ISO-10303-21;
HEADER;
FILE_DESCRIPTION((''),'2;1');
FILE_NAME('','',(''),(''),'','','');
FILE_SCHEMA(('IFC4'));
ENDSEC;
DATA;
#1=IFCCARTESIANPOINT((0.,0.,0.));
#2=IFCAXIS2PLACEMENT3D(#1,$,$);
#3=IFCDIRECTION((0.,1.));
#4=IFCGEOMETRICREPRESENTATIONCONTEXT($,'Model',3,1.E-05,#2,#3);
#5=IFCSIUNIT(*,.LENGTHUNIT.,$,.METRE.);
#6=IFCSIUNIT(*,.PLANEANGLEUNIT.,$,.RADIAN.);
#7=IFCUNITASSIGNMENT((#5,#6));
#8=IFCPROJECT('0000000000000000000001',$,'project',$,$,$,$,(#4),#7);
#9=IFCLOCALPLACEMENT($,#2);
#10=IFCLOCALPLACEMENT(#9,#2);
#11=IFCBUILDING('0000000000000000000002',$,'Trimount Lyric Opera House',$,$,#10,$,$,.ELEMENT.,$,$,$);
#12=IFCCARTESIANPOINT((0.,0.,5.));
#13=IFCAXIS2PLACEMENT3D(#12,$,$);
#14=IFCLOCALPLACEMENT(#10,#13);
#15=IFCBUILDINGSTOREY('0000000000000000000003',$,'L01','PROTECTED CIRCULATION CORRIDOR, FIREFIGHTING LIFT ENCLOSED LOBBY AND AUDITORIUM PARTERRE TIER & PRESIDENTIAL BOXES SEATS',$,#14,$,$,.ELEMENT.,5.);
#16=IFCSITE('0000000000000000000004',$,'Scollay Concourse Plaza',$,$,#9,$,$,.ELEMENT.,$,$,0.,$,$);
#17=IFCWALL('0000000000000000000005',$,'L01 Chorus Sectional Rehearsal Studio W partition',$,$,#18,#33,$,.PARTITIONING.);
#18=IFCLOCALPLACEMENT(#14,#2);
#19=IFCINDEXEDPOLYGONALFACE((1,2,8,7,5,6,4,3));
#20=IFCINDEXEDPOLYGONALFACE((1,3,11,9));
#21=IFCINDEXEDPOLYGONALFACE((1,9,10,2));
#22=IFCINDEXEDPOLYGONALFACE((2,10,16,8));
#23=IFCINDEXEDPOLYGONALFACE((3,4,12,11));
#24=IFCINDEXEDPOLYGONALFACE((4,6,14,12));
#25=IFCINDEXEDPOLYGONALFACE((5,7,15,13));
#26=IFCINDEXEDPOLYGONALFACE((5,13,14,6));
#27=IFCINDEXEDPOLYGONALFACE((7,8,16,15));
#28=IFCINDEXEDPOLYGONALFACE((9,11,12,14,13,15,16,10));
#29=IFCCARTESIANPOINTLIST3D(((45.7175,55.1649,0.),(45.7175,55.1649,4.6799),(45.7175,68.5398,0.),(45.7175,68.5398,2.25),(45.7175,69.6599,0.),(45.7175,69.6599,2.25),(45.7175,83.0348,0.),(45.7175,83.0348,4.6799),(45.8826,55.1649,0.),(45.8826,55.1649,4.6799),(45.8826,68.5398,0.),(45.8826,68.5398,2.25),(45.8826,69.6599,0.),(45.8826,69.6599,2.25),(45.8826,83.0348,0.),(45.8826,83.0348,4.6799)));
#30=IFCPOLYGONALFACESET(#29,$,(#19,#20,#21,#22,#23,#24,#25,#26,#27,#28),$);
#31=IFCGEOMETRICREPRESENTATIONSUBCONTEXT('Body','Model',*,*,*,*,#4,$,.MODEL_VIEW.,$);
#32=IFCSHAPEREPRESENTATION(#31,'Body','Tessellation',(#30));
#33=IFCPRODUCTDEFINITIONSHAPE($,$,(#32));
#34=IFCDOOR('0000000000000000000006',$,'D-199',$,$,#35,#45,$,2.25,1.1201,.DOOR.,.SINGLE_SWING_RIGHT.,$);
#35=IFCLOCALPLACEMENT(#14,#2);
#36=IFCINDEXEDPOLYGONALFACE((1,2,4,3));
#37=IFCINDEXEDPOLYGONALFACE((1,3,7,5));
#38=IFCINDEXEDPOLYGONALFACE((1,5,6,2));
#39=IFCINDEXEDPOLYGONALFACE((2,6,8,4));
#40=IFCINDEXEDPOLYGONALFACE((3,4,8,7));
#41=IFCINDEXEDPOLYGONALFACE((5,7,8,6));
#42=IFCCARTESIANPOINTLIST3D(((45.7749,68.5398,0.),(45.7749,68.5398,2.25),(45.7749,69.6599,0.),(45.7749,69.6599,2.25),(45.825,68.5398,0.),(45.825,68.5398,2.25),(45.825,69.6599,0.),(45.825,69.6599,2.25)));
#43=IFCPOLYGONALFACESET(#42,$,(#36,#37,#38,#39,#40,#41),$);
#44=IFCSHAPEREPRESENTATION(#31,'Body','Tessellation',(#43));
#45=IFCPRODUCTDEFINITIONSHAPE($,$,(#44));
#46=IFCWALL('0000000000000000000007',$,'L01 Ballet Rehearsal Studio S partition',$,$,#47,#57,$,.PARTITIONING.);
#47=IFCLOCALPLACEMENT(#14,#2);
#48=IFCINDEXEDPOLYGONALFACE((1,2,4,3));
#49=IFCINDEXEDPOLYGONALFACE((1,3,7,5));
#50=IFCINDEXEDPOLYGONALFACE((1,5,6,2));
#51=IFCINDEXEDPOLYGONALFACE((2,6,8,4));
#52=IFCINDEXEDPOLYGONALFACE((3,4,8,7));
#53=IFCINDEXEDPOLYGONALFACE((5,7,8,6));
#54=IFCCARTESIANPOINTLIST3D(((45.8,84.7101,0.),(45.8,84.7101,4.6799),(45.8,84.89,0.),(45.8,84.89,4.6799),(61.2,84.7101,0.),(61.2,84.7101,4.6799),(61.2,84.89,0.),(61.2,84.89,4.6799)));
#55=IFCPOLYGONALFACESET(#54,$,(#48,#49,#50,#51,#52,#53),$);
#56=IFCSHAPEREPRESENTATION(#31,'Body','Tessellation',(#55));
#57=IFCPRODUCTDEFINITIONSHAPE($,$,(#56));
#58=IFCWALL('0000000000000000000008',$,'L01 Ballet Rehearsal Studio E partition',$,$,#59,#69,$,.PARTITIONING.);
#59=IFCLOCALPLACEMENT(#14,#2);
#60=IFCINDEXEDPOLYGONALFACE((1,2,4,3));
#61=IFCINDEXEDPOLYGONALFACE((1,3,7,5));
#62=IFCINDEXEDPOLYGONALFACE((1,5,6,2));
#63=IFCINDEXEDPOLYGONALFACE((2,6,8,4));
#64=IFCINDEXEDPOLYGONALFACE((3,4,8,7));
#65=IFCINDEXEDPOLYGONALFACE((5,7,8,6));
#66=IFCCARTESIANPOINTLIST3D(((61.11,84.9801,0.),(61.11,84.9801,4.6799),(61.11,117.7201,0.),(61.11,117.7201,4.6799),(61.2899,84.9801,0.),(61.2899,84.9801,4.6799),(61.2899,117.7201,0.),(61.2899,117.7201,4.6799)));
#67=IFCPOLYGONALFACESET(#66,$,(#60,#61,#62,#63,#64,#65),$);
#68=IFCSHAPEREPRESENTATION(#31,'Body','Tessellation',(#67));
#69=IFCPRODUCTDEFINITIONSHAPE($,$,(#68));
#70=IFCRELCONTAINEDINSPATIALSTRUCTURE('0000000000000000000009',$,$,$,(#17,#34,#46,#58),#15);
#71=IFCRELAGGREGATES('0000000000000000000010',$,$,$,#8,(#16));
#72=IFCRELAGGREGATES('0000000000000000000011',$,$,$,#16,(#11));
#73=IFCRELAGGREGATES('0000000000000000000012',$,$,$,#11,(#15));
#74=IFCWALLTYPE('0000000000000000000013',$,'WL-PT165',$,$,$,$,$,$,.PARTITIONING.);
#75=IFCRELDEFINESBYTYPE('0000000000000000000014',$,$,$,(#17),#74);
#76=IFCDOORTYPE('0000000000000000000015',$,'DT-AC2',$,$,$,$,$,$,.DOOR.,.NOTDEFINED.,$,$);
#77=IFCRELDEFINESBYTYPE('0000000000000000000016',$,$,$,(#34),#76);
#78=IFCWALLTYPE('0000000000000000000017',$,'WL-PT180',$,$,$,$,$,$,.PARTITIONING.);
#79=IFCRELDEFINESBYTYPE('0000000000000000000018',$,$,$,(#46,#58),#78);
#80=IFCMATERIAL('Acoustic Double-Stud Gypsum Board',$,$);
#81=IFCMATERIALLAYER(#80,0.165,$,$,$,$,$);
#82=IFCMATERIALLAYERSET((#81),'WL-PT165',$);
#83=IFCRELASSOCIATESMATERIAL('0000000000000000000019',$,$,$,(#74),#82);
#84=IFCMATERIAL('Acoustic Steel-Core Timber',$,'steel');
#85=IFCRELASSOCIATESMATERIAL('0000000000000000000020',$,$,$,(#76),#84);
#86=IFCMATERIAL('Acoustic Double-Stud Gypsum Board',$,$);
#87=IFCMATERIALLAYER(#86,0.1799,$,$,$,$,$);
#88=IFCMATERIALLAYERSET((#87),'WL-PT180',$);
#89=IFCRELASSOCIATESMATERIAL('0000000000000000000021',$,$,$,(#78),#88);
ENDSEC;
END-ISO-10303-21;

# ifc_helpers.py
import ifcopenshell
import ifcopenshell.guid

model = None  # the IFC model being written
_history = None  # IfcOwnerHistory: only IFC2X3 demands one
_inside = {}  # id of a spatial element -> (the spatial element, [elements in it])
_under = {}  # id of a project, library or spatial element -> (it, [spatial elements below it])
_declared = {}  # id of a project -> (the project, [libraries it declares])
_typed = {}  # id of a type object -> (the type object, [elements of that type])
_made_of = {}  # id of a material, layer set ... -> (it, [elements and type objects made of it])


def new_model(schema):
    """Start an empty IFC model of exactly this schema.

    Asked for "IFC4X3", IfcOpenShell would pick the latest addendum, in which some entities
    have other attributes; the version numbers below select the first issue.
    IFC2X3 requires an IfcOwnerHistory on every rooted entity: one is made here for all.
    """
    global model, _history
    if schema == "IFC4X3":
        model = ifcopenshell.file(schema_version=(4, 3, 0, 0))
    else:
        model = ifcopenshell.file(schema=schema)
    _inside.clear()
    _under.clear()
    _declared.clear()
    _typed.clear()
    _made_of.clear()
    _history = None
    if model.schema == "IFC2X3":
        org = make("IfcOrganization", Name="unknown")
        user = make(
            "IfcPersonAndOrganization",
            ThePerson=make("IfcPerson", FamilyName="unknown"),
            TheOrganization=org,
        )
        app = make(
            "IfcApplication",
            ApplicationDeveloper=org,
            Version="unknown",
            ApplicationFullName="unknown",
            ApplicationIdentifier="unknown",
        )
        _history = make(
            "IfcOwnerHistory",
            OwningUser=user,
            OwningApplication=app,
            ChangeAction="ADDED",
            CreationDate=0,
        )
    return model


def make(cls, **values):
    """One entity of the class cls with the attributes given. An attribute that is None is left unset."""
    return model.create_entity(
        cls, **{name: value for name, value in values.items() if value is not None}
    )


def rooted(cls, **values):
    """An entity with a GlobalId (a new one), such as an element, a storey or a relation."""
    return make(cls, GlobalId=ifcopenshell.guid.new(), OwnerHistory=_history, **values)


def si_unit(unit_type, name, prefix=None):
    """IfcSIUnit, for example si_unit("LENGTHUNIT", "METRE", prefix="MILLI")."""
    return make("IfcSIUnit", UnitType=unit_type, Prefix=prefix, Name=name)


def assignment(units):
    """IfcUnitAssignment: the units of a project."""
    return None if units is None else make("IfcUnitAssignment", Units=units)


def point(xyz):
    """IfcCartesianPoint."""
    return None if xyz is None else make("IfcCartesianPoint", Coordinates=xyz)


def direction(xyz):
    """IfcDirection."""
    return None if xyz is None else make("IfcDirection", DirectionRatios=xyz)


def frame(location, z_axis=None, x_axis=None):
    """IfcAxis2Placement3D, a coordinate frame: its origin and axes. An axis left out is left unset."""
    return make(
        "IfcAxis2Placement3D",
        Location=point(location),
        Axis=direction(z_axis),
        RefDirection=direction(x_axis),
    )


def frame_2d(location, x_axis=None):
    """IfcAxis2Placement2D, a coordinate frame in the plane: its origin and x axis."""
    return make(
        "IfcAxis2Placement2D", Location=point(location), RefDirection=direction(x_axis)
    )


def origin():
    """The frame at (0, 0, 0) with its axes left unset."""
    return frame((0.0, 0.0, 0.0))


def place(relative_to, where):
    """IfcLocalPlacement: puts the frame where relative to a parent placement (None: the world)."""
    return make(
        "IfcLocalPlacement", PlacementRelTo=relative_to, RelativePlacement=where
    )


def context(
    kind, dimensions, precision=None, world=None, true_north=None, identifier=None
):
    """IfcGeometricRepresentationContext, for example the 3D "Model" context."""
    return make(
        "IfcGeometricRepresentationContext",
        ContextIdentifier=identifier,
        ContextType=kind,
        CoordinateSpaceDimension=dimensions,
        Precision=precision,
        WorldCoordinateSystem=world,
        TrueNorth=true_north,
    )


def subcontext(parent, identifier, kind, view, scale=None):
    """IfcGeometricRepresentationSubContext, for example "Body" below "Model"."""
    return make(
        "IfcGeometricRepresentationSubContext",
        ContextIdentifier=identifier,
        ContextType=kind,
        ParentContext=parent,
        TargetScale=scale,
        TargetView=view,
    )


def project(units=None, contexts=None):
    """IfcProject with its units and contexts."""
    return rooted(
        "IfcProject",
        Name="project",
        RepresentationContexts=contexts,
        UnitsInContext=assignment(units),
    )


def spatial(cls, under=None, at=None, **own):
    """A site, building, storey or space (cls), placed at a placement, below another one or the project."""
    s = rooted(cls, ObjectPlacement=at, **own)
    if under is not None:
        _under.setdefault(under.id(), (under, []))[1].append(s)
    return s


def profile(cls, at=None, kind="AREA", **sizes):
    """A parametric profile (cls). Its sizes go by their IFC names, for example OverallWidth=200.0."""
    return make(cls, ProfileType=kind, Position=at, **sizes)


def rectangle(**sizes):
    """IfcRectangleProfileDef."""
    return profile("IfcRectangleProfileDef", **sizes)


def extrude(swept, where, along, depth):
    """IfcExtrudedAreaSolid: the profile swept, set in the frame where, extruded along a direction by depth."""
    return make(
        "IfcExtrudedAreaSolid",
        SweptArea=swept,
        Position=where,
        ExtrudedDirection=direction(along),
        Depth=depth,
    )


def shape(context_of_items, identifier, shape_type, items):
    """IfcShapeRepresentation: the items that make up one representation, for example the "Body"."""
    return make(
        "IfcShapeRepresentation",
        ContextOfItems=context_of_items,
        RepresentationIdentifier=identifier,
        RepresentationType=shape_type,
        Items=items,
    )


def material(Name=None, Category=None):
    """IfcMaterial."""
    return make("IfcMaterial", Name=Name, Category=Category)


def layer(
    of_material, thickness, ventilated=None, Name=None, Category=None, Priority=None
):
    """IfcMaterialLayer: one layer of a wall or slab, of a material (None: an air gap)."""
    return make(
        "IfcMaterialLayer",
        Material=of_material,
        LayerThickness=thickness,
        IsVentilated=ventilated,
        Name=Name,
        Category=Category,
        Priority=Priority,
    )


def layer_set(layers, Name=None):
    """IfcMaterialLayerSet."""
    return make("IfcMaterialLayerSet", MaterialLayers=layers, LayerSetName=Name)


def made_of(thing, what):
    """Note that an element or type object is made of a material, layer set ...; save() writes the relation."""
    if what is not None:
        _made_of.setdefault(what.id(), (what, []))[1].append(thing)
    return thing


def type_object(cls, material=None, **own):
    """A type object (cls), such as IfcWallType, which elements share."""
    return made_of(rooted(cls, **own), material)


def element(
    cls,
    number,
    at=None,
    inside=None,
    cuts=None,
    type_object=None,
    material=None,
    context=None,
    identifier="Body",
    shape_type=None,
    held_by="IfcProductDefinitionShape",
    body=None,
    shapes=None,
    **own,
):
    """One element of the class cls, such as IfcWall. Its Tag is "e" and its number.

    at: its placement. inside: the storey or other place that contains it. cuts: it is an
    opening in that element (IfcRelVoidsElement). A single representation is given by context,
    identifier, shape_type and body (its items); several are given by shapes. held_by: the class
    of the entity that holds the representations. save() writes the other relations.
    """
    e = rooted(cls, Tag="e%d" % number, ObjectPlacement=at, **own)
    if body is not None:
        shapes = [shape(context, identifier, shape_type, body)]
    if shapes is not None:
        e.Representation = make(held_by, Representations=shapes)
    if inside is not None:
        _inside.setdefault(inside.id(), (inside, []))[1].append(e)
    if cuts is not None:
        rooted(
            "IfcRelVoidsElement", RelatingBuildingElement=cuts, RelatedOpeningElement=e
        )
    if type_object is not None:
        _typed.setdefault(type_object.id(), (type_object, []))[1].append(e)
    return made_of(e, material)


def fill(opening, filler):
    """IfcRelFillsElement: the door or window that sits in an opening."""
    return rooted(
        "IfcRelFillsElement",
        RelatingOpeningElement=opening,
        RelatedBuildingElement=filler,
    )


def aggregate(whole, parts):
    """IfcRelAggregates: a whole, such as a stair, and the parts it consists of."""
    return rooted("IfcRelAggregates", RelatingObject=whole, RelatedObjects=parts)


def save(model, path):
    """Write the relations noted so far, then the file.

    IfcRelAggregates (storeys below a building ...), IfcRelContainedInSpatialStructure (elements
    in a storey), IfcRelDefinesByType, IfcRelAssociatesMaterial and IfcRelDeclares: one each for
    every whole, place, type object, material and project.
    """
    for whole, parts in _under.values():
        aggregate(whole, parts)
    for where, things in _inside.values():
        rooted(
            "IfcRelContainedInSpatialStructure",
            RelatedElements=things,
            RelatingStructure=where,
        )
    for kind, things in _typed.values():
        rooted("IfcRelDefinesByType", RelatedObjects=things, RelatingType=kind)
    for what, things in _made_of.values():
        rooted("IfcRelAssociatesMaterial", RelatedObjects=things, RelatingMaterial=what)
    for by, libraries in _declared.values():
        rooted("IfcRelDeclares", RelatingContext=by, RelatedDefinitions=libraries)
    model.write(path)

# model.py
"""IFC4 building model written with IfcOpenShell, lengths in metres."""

from ifc_helpers import new_model, si_unit, direction, frame, frame_2d, origin, place, context, subcontext, project, spatial, rectangle, extrude, material, layer, layer_set, type_object, element, fill, save


model = new_model("IFC4")

# Units and contexts
model_context = context("Model", 3, precision=1e-05, world=origin(), true_north=direction((0.0, 1.0)))
body_context = subcontext(model_context, "Body", "Model", "MODEL_VIEW")
ifc_project = project(units=[si_unit("LENGTHUNIT", "METRE"), si_unit("PLANEANGLEUNIT", "RADIAN")], contexts=[model_context])

# Site, building, storey
site_placement = place(None, origin())
site = spatial("IfcSite", under=ifc_project, at=site_placement, Name="Scollay Concourse Plaza", CompositionType="ELEMENT", RefElevation=0.0)
building_placement = place(site_placement, origin())
building = spatial("IfcBuilding", under=site, at=building_placement, Name="Trimount Lyric Opera House", CompositionType="ELEMENT")
storey_placement = place(building_placement, frame((0.0, 0.0, 5.0)))
storey = spatial("IfcBuildingStorey", under=building, at=storey_placement, Name="L01", Description="PROTECTED CIRCULATION CORRIDOR, FIREFIGHTING LIFT ENCLOSED LOBBY AND AUDITORIUM PARTERRE TIER & PRESIDENTIAL BOXES SEATS", CompositionType="ELEMENT", Elevation=5.0)

# Shared definitions
ifc_material_1 = material(Name="Acoustic Double-Stud Gypsum Board")
ifc_layer_1 = layer(ifc_material_1, 0.165)
ifc_layer_set_1 = layer_set([ifc_layer_1], Name="WL-PT165")
wall_type_1 = type_object("IfcWallType", Name="WL-PT165", PredefinedType="PARTITIONING", material=ifc_layer_set_1)

# Wall, opening, door
wall_1_placement = place(storey_placement, frame((45.8, 83.0349, 0.0), z_axis=(0.0, 0.0, 1.0), x_axis=(0.0, -1.0, 0.0)))
wall_1 = element("IfcWall", 1, at=wall_1_placement, inside=storey, type_object=wall_type_1, Name="L01 Chorus Sectional Rehearsal Studio W partition", PredefinedType="PARTITIONING", context=body_context, shape_type="SweptSolid", body=[
    extrude(rectangle(XDim=27.8699, YDim=0.165, at=frame_2d((13.9351, 0.0))), origin(), (0.0, 0.0, 1.0), 4.6799),
])
opening_placement = place(wall_1_placement, frame((13.375, 0.0, 0.0)))
opening = element("IfcOpeningElement", 2, at=opening_placement, cuts=wall_1, PredefinedType="OPENING", context=body_context, shape_type="SweptSolid", body=[
    extrude(rectangle(XDim=1.1201, YDim=2.25, at=frame_2d((0.5601, 1.125))), frame((0.0, 0.0925, 0.0), z_axis=(0.0, -1.0, 0.0), x_axis=(1.0, 0.0, 0.0)), (0.0, 0.0, 1.0), 0.1851),
])
ifc_material_2 = material(Name="Acoustic Steel-Core Timber", Category="steel")
door_type = type_object("IfcDoorType", Name="DT-AC2", OperationType="NOTDEFINED", PredefinedType="DOOR", material=ifc_material_2)
door_placement = place(opening_placement, origin())
door = element("IfcDoor", 3, at=door_placement, inside=storey, type_object=door_type, Name="D-199", OperationType="SINGLE_SWING_RIGHT", OverallHeight=2.25, OverallWidth=1.1201, PredefinedType="DOOR", context=body_context, shape_type="SweptSolid", body=[
    extrude(rectangle(XDim=1.1201, YDim=2.25, at=frame_2d((0.5601, 1.125))), frame((0.0, 0.0249, 0.0), z_axis=(0.0, -1.0, 0.0), x_axis=(1.0, 0.0, 0.0)), (0.0, 0.0, 1.0), 0.05),
])
fill(opening, door)

# Walls
ifc_material_3 = material(Name="Acoustic Double-Stud Gypsum Board")
ifc_layer_2 = layer(ifc_material_3, 0.1799)
ifc_layer_set_2 = layer_set([ifc_layer_2], Name="WL-PT180")
wall_type_2 = type_object("IfcWallType", Name="WL-PT180", PredefinedType="PARTITIONING", material=ifc_layer_set_2)
wall_2_placement = place(storey_placement, frame((45.8, 84.8, 0.0), z_axis=(0.0, 0.0, 1.0), x_axis=(1.0, 0.0, 0.0)))
element("IfcWall", 4, at=wall_2_placement, inside=storey, type_object=wall_type_2, Name="L01 Ballet Rehearsal Studio S partition", PredefinedType="PARTITIONING", context=body_context, shape_type="SweptSolid", body=[
    extrude(rectangle(XDim=15.3999, YDim=0.1799, at=frame_2d((7.7, 0.0))), origin(), (0.0, 0.0, 1.0), 4.6799),
])
wall_3_placement = place(storey_placement, frame((61.2, 84.98, 0.0), z_axis=(0.0, 0.0, 1.0), x_axis=(0.0, 1.0, 0.0)))
element("IfcWall", 5, at=wall_3_placement, inside=storey, type_object=wall_type_2, Name="L01 Ballet Rehearsal Studio E partition", PredefinedType="PARTITIONING", context=body_context, shape_type="SweptSolid", body=[
    extrude(rectangle(XDim=32.74, YDim=0.1799, at=frame_2d((16.3701, 0.0))), origin(), (0.0, 0.0, 1.0), 4.6799),
])

save(model, "model.ifc")
